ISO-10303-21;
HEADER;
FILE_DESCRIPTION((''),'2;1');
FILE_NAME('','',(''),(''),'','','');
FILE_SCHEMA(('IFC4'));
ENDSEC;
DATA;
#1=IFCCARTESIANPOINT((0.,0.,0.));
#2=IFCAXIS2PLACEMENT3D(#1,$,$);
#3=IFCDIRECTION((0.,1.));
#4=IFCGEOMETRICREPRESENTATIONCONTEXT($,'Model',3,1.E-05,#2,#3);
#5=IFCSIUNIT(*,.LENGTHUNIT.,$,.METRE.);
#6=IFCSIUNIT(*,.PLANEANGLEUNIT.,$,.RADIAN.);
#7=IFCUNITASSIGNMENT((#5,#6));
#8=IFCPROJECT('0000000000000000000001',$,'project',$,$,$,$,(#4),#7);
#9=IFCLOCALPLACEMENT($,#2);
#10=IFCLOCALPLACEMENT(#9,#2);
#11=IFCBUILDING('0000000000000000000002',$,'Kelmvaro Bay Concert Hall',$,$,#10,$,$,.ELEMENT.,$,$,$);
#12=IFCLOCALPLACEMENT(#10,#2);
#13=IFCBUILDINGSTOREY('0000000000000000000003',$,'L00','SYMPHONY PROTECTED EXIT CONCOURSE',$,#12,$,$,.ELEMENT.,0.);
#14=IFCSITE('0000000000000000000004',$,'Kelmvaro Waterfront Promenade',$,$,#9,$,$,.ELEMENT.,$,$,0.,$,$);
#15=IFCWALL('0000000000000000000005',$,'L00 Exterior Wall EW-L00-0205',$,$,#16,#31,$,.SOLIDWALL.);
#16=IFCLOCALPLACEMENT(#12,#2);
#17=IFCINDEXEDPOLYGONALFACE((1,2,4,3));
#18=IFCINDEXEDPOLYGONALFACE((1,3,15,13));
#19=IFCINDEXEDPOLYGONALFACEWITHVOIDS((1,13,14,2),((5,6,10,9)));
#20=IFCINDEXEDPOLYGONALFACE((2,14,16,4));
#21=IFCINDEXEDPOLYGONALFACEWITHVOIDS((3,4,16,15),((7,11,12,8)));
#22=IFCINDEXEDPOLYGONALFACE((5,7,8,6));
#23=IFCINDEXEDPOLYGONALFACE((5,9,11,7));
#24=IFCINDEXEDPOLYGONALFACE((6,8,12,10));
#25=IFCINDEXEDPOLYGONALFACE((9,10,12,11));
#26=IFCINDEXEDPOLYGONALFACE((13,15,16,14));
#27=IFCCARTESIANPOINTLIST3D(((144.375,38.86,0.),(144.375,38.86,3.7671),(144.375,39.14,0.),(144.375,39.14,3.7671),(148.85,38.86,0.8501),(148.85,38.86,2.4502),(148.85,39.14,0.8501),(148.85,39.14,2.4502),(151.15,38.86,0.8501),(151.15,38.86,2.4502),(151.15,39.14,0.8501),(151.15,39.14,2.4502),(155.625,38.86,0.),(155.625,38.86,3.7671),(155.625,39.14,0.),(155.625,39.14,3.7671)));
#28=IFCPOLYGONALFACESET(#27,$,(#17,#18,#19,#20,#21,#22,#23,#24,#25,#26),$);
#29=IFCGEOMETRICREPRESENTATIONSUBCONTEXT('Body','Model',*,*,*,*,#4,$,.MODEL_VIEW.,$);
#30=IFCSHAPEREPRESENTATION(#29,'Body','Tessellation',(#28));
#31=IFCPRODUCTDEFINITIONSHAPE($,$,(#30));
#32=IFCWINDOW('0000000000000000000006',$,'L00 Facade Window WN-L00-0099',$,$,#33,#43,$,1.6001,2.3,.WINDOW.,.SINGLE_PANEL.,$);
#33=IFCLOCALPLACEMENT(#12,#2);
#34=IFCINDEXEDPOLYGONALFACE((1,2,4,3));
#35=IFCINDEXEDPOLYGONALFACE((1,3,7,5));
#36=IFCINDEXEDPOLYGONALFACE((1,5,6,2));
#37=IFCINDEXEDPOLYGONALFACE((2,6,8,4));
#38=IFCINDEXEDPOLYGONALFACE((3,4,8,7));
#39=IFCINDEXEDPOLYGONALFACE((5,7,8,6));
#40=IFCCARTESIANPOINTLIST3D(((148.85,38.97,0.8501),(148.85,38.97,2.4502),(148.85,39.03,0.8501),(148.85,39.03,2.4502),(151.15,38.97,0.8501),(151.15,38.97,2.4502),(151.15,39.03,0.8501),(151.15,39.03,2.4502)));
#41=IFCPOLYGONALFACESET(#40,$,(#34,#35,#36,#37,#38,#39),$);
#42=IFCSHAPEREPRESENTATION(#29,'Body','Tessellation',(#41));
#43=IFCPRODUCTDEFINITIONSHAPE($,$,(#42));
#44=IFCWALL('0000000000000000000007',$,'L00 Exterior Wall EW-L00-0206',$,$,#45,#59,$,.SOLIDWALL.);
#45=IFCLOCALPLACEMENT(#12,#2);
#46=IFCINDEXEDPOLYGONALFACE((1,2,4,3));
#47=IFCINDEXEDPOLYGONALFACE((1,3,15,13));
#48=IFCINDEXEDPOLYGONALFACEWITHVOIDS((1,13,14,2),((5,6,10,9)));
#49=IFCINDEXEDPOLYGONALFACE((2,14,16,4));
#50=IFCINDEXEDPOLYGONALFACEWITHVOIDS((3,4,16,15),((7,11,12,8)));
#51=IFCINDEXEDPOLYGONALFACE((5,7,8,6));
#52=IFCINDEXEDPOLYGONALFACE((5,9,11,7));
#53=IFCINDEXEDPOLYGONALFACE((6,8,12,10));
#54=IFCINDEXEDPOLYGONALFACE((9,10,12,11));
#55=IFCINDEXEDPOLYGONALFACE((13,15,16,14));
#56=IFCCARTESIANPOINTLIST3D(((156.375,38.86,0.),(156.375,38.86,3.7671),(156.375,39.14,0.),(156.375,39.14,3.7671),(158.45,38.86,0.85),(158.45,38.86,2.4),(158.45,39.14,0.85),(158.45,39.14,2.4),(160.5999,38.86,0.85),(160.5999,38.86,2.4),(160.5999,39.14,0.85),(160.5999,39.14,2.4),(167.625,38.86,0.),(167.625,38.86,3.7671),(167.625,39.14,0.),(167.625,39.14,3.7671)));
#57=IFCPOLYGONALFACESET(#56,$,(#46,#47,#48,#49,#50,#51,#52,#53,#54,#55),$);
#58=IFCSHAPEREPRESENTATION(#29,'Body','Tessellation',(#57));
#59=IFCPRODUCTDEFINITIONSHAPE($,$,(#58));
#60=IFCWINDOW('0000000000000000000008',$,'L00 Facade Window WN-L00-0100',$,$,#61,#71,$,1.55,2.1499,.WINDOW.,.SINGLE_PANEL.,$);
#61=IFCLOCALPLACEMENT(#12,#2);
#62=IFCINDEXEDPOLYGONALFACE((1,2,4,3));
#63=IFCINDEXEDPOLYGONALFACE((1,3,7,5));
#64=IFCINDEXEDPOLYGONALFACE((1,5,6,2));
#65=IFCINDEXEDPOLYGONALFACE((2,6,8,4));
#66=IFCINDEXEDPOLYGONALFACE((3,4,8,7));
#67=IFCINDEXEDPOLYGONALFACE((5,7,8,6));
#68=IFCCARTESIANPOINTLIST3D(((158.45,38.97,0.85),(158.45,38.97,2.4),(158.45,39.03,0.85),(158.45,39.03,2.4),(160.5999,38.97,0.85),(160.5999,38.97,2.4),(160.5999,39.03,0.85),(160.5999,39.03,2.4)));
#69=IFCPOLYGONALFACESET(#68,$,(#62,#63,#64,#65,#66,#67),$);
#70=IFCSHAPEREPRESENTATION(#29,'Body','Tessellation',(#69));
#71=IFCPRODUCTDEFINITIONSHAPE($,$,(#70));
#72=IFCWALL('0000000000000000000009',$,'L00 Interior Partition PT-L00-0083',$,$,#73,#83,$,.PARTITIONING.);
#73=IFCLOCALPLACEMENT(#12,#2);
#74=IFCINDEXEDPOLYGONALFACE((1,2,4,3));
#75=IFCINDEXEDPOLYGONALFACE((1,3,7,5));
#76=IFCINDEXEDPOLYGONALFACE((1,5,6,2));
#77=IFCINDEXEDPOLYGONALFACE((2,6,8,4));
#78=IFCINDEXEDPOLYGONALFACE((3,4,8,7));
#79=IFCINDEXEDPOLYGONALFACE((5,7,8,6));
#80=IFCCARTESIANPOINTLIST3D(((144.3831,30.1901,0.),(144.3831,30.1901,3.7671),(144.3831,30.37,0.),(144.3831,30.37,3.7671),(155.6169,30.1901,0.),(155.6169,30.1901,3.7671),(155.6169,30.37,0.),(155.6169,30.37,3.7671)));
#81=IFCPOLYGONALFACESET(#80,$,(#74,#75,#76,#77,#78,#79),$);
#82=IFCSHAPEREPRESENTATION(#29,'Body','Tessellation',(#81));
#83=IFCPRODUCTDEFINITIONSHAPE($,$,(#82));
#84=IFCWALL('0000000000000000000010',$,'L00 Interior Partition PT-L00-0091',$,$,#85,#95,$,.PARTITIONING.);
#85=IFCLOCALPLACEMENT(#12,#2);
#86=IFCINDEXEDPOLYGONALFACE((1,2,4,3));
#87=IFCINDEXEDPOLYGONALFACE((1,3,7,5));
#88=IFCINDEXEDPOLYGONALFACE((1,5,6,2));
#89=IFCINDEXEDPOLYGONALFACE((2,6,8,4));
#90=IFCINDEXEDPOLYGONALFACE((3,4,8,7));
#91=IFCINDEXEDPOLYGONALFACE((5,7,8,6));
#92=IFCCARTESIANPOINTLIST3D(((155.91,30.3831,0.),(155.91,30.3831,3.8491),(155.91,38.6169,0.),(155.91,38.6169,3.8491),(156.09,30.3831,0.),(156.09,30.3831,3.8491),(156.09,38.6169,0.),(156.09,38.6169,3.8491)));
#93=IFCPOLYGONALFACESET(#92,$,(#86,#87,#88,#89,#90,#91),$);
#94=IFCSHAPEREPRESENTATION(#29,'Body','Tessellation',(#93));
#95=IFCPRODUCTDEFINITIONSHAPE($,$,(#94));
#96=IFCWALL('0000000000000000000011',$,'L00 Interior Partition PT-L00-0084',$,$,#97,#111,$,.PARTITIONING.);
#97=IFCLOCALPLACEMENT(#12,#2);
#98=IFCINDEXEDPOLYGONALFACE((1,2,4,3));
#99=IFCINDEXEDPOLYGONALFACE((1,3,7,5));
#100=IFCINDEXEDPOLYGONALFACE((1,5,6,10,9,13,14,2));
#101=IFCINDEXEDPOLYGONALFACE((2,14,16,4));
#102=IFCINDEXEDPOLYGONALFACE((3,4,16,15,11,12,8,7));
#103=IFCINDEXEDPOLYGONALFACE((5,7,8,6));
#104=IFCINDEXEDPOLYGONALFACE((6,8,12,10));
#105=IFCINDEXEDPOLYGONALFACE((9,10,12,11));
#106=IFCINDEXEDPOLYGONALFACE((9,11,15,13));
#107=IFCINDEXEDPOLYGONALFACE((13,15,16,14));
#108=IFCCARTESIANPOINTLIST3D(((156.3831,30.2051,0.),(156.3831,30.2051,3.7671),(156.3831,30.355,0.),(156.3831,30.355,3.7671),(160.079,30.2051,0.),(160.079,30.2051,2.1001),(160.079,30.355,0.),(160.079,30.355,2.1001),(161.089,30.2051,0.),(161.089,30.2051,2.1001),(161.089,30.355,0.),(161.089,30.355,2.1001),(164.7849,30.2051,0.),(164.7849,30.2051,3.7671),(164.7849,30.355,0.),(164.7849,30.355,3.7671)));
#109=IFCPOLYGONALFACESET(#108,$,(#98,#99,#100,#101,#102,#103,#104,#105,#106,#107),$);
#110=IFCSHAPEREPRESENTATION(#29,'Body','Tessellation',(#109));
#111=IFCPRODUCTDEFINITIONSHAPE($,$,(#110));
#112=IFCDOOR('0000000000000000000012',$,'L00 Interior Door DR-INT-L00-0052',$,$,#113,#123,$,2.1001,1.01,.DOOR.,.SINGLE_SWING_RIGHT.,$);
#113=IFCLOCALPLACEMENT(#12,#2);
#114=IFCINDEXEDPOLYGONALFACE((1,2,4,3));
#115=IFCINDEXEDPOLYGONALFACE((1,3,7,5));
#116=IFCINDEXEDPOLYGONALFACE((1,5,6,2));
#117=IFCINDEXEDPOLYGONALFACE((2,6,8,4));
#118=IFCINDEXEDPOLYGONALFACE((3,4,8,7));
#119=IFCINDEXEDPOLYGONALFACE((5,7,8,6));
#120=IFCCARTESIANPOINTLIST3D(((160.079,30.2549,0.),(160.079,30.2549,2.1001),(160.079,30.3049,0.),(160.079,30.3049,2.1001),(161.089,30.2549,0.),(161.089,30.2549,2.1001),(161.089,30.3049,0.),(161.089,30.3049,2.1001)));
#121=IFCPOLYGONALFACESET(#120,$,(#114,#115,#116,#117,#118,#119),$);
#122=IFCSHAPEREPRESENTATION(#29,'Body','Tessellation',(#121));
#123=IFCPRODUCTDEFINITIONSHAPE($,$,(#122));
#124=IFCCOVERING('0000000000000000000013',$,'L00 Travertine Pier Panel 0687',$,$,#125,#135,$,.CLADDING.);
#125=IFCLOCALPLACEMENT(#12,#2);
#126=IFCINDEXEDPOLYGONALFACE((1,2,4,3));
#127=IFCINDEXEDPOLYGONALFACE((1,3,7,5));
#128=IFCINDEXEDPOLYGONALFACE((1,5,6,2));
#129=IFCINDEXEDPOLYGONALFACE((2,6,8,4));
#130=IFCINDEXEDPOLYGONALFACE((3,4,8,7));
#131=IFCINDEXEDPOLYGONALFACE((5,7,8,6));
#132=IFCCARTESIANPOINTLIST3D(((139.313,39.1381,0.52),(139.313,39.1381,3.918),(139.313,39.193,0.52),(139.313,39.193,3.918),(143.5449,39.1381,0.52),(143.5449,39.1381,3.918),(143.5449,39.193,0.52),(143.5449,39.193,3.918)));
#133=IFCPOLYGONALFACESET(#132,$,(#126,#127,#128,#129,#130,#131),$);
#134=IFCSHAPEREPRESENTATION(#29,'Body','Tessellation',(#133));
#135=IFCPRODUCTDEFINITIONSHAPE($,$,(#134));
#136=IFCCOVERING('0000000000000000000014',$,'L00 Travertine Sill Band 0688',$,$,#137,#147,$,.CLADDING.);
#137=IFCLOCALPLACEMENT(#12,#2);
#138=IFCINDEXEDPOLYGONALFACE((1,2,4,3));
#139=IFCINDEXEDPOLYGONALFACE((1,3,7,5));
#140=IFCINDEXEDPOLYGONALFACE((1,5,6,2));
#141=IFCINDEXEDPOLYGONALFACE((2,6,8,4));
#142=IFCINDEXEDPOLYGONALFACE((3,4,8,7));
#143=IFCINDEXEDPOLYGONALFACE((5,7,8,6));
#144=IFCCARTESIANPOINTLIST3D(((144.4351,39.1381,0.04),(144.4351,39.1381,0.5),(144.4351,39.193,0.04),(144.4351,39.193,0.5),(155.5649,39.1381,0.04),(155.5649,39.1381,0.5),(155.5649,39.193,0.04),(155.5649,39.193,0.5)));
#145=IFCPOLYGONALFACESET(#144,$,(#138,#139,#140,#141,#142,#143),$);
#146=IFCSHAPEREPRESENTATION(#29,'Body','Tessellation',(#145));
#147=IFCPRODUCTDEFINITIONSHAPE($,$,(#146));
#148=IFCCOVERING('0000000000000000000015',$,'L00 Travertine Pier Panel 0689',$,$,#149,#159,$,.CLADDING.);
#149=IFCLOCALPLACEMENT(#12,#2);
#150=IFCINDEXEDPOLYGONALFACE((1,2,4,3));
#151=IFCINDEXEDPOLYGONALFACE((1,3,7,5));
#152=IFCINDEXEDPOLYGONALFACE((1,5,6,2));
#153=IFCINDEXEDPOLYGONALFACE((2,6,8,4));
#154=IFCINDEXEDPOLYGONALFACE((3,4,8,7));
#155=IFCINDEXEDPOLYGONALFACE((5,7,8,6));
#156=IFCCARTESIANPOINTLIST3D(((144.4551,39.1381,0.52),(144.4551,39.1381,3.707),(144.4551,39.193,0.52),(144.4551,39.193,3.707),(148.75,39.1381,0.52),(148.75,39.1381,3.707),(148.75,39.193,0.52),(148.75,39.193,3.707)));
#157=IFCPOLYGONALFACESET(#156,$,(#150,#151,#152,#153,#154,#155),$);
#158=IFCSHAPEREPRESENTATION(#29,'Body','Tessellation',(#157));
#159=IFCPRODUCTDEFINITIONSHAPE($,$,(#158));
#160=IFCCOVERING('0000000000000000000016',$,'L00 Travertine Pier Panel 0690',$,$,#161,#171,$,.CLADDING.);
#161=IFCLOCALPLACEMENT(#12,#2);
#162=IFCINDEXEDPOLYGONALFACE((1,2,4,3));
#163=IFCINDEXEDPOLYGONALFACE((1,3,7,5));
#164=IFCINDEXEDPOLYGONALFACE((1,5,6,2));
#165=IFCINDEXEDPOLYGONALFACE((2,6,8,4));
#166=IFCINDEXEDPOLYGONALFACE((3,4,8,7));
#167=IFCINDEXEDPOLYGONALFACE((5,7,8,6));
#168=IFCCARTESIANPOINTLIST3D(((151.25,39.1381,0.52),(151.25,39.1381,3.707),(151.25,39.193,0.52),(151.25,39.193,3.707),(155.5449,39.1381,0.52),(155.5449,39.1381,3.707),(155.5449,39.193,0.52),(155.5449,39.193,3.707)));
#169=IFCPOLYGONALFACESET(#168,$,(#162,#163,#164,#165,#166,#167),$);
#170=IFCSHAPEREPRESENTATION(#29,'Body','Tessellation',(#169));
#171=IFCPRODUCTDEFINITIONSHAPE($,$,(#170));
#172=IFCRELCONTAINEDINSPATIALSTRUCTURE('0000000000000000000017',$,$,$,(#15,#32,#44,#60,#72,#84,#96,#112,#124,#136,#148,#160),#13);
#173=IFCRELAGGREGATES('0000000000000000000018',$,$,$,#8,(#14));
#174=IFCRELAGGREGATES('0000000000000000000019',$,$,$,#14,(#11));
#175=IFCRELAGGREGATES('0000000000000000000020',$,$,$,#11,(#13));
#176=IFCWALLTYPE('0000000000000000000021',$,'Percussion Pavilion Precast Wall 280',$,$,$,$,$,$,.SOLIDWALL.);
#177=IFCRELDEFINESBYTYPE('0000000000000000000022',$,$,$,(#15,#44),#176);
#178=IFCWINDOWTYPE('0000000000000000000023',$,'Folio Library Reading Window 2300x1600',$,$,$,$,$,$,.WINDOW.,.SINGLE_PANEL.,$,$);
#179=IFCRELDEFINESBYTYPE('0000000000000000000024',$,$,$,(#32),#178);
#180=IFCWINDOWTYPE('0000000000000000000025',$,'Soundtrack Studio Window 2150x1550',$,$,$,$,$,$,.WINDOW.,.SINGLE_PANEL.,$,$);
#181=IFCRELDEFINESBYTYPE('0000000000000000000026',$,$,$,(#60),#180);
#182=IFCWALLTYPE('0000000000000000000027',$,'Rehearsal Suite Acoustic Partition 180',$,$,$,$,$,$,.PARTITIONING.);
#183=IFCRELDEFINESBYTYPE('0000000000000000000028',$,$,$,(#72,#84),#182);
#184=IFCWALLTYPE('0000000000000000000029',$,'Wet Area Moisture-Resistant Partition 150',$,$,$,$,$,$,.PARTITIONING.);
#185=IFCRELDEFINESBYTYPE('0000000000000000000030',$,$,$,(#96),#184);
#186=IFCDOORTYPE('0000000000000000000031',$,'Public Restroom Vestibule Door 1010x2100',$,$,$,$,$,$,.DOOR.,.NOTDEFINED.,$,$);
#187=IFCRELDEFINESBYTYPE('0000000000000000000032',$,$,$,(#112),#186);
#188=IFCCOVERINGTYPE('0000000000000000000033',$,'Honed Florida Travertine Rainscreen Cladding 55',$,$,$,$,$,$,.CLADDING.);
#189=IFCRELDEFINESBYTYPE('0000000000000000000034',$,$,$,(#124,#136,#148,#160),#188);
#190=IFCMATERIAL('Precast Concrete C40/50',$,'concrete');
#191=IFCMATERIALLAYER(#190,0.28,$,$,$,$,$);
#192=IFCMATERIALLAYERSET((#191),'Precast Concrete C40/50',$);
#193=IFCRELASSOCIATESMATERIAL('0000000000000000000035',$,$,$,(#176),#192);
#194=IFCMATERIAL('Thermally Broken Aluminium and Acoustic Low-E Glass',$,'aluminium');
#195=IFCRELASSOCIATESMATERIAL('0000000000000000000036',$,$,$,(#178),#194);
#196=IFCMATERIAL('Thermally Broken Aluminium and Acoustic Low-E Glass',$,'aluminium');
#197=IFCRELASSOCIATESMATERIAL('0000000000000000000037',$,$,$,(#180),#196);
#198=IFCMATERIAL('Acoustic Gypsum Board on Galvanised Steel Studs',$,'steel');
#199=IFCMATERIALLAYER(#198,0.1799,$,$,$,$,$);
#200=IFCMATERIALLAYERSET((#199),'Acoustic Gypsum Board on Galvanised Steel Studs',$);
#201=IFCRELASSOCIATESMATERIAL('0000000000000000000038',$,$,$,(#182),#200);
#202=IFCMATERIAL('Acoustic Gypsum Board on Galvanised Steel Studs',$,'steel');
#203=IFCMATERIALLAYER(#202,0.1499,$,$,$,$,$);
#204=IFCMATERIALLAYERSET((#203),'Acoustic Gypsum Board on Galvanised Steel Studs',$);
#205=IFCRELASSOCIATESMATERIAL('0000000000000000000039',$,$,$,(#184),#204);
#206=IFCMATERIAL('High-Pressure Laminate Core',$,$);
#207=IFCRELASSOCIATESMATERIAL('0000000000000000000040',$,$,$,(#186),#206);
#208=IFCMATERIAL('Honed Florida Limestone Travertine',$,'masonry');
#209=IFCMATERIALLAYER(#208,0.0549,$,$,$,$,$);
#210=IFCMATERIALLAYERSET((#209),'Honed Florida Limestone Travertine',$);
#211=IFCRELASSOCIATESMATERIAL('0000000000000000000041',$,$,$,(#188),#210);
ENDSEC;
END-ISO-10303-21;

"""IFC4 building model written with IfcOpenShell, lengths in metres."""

from ifc_helpers import new_model, si_unit, direction, frame, frame_2d, origin, origin_2d, place, context, subcontext, project, spatial, rectangle, extrude, material, layer, layer_set, type_object, element, fill, save


model = new_model("IFC4")

# Units and contexts
model_context = context("Model", 3, precision=1e-05, world=origin(), true_north=direction((0.0, 1.0)))
body_context = subcontext(model_context, "Body", "Model", "MODEL_VIEW")
ifc_project = project(units=[si_unit("LENGTHUNIT", "METRE"), si_unit("PLANEANGLEUNIT", "RADIAN")], contexts=[model_context])

# Site, building, storey
site_placement = place(None, origin())
site = spatial("IfcSite", under=ifc_project, at=site_placement, Name="Kelmvaro Waterfront Promenade", CompositionType="ELEMENT", RefElevation=0.0)
building_placement = place(site_placement, origin())
building = spatial("IfcBuilding", under=site, at=building_placement, Name="Kelmvaro Bay Concert Hall", CompositionType="ELEMENT")
storey_placement = place(building_placement, origin())
storey = spatial("IfcBuildingStorey", under=building, at=storey_placement, Name="L00", Description="SYMPHONY PROTECTED EXIT CONCOURSE", CompositionType="ELEMENT", Elevation=0.0)

# Walls, openings, windows
ifc_material_1 = material(Name="Precast Concrete C40/50", Category="concrete")
ifc_layer_1 = layer(ifc_material_1, 0.28)
ifc_layer_set_1 = layer_set([ifc_layer_1], Name="Precast Concrete C40/50")
wall_type_1 = type_object("IfcWallType", Name="Percussion Pavilion Precast Wall 280", PredefinedType="SOLIDWALL", material=ifc_layer_set_1)
wall_1_placement = place(storey_placement, frame((144.375, 39.0, 0.0), z_axis=(0.0, 0.0, 1.0), x_axis=(1.0, 0.0, 0.0)))
wall_1 = element("IfcWall", 1, at=wall_1_placement, inside=storey, type_object=wall_type_1, Name="L00 Exterior Wall EW-L00-0205", PredefinedType="SOLIDWALL", context=body_context, shape_type="SweptSolid", body=[
    extrude(rectangle(XDim=11.25, YDim=0.28, at=frame_2d((5.625, 0.0))), origin(), (0.0, 0.0, 1.0), 3.7671),
])
opening_1_placement = place(wall_1_placement, frame((4.4751, 0.0, 0.8501)))
opening_1 = element("IfcOpeningElement", 2, at=opening_1_placement, cuts=wall_1, PredefinedType="OPENING", context=body_context, shape_type="SweptSolid", body=[
    extrude(rectangle(XDim=2.3, YDim=1.6001, at=frame_2d((1.1499, 0.8))), frame((0.0, 0.1499, 0.0), z_axis=(0.0, -1.0, 0.0), x_axis=(1.0, 0.0, 0.0)), (0.0, 0.0, 1.0), 0.3),
])
ifc_material_2 = material(Name="Thermally Broken Aluminium and Acoustic Low-E Glass", Category="aluminium")
window_type_1 = type_object("IfcWindowType", Name="Folio Library Reading Window 2300x1600", PartitioningType="SINGLE_PANEL", PredefinedType="WINDOW", material=ifc_material_2)
window_1_placement = place(opening_1_placement, origin())
window_1 = element("IfcWindow", 3, at=window_1_placement, inside=storey, type_object=window_type_1, Name="L00 Facade Window WN-L00-0099", OverallHeight=1.6001, OverallWidth=2.3, PartitioningType="SINGLE_PANEL", PredefinedType="WINDOW", context=body_context, shape_type="SweptSolid", body=[
    extrude(rectangle(XDim=2.3, YDim=1.6001, at=frame_2d((1.1499, 0.8))), frame((0.0, 0.03, 0.0), z_axis=(0.0, -1.0, 0.0), x_axis=(1.0, 0.0, 0.0)), (0.0, 0.0, 1.0), 0.0601),
])
fill(opening_1, window_1)
wall_2_placement = place(storey_placement, frame((156.375, 39.0, 0.0), z_axis=(0.0, 0.0, 1.0), x_axis=(1.0, 0.0, 0.0)))
wall_2 = element("IfcWall", 4, at=wall_2_placement, inside=storey, type_object=wall_type_1, Name="L00 Exterior Wall EW-L00-0206", PredefinedType="SOLIDWALL", context=body_context, shape_type="SweptSolid", body=[
    extrude(rectangle(XDim=11.25, YDim=0.28, at=frame_2d((5.625, 0.0))), origin(), (0.0, 0.0, 1.0), 3.7671),
])
opening_2_placement = place(wall_2_placement, frame((2.075, 0.0, 0.8501)))
opening_2 = element("IfcOpeningElement", 5, at=opening_2_placement, cuts=wall_2, PredefinedType="OPENING", context=body_context, shape_type="SweptSolid", body=[
    extrude(rectangle(XDim=2.1499, YDim=1.55, at=frame_2d((1.075, 0.7749))), frame((0.0, 0.1499, 0.0), z_axis=(0.0, -1.0, 0.0), x_axis=(1.0, 0.0, 0.0)), (0.0, 0.0, 1.0), 0.3),
])
ifc_material_3 = material(Name="Thermally Broken Aluminium and Acoustic Low-E Glass", Category="aluminium")
window_type_2 = type_object("IfcWindowType", Name="Soundtrack Studio Window 2150x1550", PartitioningType="SINGLE_PANEL", PredefinedType="WINDOW", material=ifc_material_3)
window_2_placement = place(opening_2_placement, origin())
window_2 = element("IfcWindow", 6, at=window_2_placement, inside=storey, type_object=window_type_2, Name="L00 Facade Window WN-L00-0100", OverallHeight=1.55, OverallWidth=2.1499, PartitioningType="SINGLE_PANEL", PredefinedType="WINDOW", context=body_context, shape_type="SweptSolid", body=[
    extrude(rectangle(XDim=2.1499, YDim=1.55, at=frame_2d((1.075, 0.7749))), frame((0.0, 0.03, 0.0), z_axis=(0.0, -1.0, 0.0), x_axis=(1.0, 0.0, 0.0)), (0.0, 0.0, 1.0), 0.0601),
])
fill(opening_2, window_2)

# Walls
ifc_material_4 = material(Name="Acoustic Gypsum Board on Galvanised Steel Studs", Category="steel")
ifc_layer_2 = layer(ifc_material_4, 0.1799)
ifc_layer_set_2 = layer_set([ifc_layer_2], Name="Acoustic Gypsum Board on Galvanised Steel Studs")
wall_type_2 = type_object("IfcWallType", Name="Rehearsal Suite Acoustic Partition 180", PredefinedType="PARTITIONING", material=ifc_layer_set_2)
wall_3_placement = place(storey_placement, frame((144.3831, 30.28, 0.0), z_axis=(0.0, 0.0, 1.0), x_axis=(1.0, 0.0, 0.0)))
element("IfcWall", 7, at=wall_3_placement, inside=storey, type_object=wall_type_2, Name="L00 Interior Partition PT-L00-0083", PredefinedType="PARTITIONING", context=body_context, shape_type="SweptSolid", body=[
    extrude(rectangle(XDim=11.2339, YDim=0.1799, at=frame_2d((5.6169, 0.0))), origin(), (0.0, 0.0, 1.0), 3.7671),
])
wall_4_placement = place(storey_placement, frame((156.0, 30.3831, 0.0), z_axis=(0.0, 0.0, 1.0), x_axis=(0.0, 1.0, 0.0)))
element("IfcWall", 8, at=wall_4_placement, inside=storey, type_object=wall_type_2, Name="L00 Interior Partition PT-L00-0091", PredefinedType="PARTITIONING", context=body_context, shape_type="SweptSolid", body=[
    extrude(rectangle(XDim=8.2339, YDim=0.1799, at=frame_2d((4.1169, 0.0))), origin(), (0.0, 0.0, 1.0), 3.8491),
])

# Wall, opening, door
ifc_material_5 = material(Name="Acoustic Gypsum Board on Galvanised Steel Studs", Category="steel")
ifc_layer_3 = layer(ifc_material_5, 0.1499)
ifc_layer_set_3 = layer_set([ifc_layer_3], Name="Acoustic Gypsum Board on Galvanised Steel Studs")
wall_type_3 = type_object("IfcWallType", Name="Wet Area Moisture-Resistant Partition 150", PredefinedType="PARTITIONING", material=ifc_layer_set_3)
wall_5_placement = place(storey_placement, frame((156.3831, 30.28, 0.0), z_axis=(0.0, 0.0, 1.0), x_axis=(1.0, 0.0, 0.0)))
wall_5 = element("IfcWall", 9, at=wall_5_placement, inside=storey, type_object=wall_type_3, Name="L00 Interior Partition PT-L00-0084", PredefinedType="PARTITIONING", context=body_context, shape_type="SweptSolid", body=[
    extrude(rectangle(XDim=8.4019, YDim=0.1499, at=frame_2d((4.2009, 0.0))), origin(), (0.0, 0.0, 1.0), 3.7671),
])
opening_3_placement = place(wall_5_placement, frame((3.696, 0.0, 0.0)))
opening_3 = element("IfcOpeningElement", 10, at=opening_3_placement, cuts=wall_5, PredefinedType="OPENING", context=body_context, shape_type="SweptSolid", body=[
    extrude(rectangle(XDim=1.01, YDim=2.1001, at=frame_2d((0.5049, 1.05))), frame((0.0, 0.085, 0.0), z_axis=(0.0, -1.0, 0.0), x_axis=(1.0, 0.0, 0.0)), (0.0, 0.0, 1.0), 0.1699),
])
ifc_material_6 = material(Name="High-Pressure Laminate Core")
door_type = type_object("IfcDoorType", Name="Public Restroom Vestibule Door 1010x2100", OperationType="NOTDEFINED", PredefinedType="DOOR", material=ifc_material_6)
door_placement = place(opening_3_placement, origin())
door = element("IfcDoor", 11, at=door_placement, inside=storey, type_object=door_type, Name="L00 Interior Door DR-INT-L00-0052", OperationType="SINGLE_SWING_RIGHT", OverallHeight=2.1001, OverallWidth=1.01, PredefinedType="DOOR", context=body_context, shape_type="SweptSolid", body=[
    extrude(rectangle(XDim=1.01, YDim=2.1001, at=frame_2d((0.5049, 1.05))), frame((0.0, 0.0249, 0.0), z_axis=(0.0, -1.0, 0.0), x_axis=(1.0, 0.0, 0.0)), (0.0, 0.0, 1.0), 0.05),
])
fill(opening_3, door)

# Coverings
ifc_material_7 = material(Name="Honed Florida Limestone Travertine", Category="masonry")
ifc_layer_4 = layer(ifc_material_7, 0.0549)
ifc_layer_set_4 = layer_set([ifc_layer_4], Name="Honed Florida Limestone Travertine")
covering_type = type_object("IfcCoveringType", Name="Honed Florida Travertine Rainscreen Cladding 55", PredefinedType="CLADDING", material=ifc_layer_set_4)
covering_1_placement = place(storey_placement, frame((141.429, 39.1655, 0.52), z_axis=(0.0, 0.0, 1.0), x_axis=(1.0, 0.0, 0.0)))
element("IfcCovering", 12, at=covering_1_placement, inside=storey, type_object=covering_type, Name="L00 Travertine Pier Panel 0687", PredefinedType="CLADDING", context=body_context, shape_type="SweptSolid", body=[
    extrude(rectangle(XDim=4.2319, YDim=0.0549, at=origin_2d()), origin(), (0.0, 0.0, 1.0), 3.3979),
])
covering_2_placement = place(storey_placement, frame((150.0, 39.1655, 0.04), z_axis=(0.0, 0.0, 1.0), x_axis=(1.0, 0.0, 0.0)))
element("IfcCovering", 13, at=covering_2_placement, inside=storey, type_object=covering_type, Name="L00 Travertine Sill Band 0688", PredefinedType="CLADDING", context=body_context, shape_type="SweptSolid", body=[
    extrude(rectangle(XDim=11.1299, YDim=0.0549, at=origin_2d()), origin(), (0.0, 0.0, 1.0), 0.46),
])
for number, where, z_axis, x_axis, name in (
    (14, (146.6025, 39.1655, 0.52), (0.0, 0.0, 1.0), (1.0, 0.0, 0.0), "L00 Travertine Pier Panel 0689"),
    (15, (153.3975, 39.1655, 0.52), (0.0, 0.0, 1.0), (1.0, 0.0, 0.0), "L00 Travertine Pier Panel 0690"),
):
    element("IfcCovering", number, at=place(storey_placement, frame(where, z_axis=z_axis, x_axis=x_axis)), inside=storey, type_object=covering_type, Name=name, PredefinedType="CLADDING", context=body_context, shape_type="SweptSolid", body=[
        extrude(rectangle(XDim=4.2949, YDim=0.0549, at=origin_2d()), origin(), (0.0, 0.0, 1.0), 3.187),
    ])

save(model, "model.ifc")
